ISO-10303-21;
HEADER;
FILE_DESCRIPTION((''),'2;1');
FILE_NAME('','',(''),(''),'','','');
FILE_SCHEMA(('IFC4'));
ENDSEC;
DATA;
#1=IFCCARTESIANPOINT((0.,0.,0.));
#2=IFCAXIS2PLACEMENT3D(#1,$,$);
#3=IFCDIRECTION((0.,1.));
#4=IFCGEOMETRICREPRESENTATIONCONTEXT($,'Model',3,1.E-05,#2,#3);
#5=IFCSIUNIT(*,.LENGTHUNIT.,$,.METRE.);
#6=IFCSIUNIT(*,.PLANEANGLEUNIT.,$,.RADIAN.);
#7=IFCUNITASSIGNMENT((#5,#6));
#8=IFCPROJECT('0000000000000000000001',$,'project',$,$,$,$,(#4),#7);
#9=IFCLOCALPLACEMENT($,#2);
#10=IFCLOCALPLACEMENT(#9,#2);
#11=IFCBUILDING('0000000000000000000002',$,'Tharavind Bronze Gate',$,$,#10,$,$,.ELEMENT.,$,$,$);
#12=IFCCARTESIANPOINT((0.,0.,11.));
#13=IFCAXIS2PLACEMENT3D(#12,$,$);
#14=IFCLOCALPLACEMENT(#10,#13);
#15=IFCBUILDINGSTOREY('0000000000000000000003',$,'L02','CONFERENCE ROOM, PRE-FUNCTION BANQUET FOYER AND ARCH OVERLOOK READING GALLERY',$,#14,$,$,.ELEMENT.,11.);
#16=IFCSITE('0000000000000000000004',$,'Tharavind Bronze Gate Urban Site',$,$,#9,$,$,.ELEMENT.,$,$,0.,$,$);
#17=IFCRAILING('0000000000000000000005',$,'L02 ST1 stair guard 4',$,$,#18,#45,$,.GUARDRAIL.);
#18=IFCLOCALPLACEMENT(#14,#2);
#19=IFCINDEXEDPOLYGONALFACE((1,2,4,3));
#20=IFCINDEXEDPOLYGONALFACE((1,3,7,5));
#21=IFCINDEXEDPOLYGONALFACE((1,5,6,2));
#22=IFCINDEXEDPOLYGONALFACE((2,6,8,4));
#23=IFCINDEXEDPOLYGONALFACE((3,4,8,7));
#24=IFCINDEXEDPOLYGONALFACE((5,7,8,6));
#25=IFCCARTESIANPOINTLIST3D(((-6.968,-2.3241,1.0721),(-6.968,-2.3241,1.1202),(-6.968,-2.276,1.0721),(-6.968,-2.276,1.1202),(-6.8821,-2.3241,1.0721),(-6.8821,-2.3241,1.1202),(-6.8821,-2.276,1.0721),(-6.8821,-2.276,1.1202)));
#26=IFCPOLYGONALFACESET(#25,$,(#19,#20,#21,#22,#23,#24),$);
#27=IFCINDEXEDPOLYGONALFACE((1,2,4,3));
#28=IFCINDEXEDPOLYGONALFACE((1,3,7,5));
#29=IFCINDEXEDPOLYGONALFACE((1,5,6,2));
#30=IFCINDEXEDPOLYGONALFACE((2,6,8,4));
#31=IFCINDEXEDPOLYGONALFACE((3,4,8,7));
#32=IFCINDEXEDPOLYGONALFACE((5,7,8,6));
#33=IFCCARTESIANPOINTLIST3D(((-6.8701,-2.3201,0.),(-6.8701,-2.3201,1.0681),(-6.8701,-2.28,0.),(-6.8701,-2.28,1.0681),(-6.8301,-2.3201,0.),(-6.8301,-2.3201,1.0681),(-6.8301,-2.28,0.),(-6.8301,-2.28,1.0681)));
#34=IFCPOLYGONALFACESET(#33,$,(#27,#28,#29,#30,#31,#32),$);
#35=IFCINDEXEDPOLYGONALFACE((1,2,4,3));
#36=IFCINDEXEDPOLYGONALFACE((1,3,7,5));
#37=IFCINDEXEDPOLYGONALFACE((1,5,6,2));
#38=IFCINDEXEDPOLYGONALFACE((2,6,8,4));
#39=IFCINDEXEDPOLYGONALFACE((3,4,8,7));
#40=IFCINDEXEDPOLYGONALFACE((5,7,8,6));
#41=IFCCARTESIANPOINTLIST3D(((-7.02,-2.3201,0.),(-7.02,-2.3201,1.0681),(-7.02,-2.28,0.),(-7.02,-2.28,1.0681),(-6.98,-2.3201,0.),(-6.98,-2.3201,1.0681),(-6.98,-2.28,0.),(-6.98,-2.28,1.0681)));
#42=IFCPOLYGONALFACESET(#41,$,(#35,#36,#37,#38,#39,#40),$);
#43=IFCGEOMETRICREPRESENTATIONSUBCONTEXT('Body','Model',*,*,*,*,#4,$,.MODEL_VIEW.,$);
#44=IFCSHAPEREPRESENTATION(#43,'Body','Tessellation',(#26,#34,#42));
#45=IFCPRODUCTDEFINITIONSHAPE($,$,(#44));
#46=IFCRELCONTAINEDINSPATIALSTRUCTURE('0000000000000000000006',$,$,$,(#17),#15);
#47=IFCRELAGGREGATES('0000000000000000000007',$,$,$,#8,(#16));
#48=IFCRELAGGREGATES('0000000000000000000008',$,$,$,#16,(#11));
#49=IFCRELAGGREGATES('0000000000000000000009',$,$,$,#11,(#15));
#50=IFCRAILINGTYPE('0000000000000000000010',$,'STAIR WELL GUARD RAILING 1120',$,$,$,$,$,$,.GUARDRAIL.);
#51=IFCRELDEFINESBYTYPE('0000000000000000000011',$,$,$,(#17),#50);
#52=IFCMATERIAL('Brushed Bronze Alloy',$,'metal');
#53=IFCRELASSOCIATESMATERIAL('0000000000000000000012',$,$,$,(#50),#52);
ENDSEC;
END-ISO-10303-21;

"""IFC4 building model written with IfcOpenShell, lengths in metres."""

from ifc_helpers import new_model, si_unit, direction, frame, origin, origin_2d, place, context, subcontext, project, spatial, rectangle, extrude, material, type_object, element, save


model = new_model("IFC4")

# Units and contexts
model_context = context("Model", 3, precision=1e-05, world=origin(), true_north=direction((0.0, 1.0)))
body_context = subcontext(model_context, "Body", "Model", "MODEL_VIEW")
ifc_project = project(units=[si_unit("LENGTHUNIT", "METRE"), si_unit("PLANEANGLEUNIT", "RADIAN")], contexts=[model_context])

# Site, building, storey
site_placement = place(None, origin())
site = spatial("IfcSite", under=ifc_project, at=site_placement, Name="Tharavind Bronze Gate Urban Site", CompositionType="ELEMENT", RefElevation=0.0)
building_placement = place(site_placement, origin())
building = spatial("IfcBuilding", under=site, at=building_placement, Name="Tharavind Bronze Gate", CompositionType="ELEMENT")
storey_placement = place(building_placement, frame((0.0, 0.0, 11.0)))
storey = spatial("IfcBuildingStorey", under=building, at=storey_placement, Name="L02", Description="CONFERENCE ROOM, PRE-FUNCTION BANQUET FOYER AND ARCH OVERLOOK READING GALLERY", CompositionType="ELEMENT", Elevation=11.0)

# Railing
ifc_material_1 = material(Name="Brushed Bronze Alloy", Category="metal")
railing_type_1 = type_object("IfcRailingType", Name="STAIR WELL GUARD RAILING 1120", PredefinedType="GUARDRAIL", material=ifc_material_1)
railing_1_placement = place(storey_placement, frame((-6.8501, -2.3, 0.0)))
element("IfcRailing", 1, at=railing_1_placement, inside=storey, type_object=railing_type_1, Name="L02 ST1 stair guard 4", PredefinedType="GUARDRAIL", context=body_context, shape_type="SweptSolid", body=[
    extrude(rectangle(XDim=0.0481, YDim=0.0481, at=origin_2d()), frame((-0.032, 0.0, 1.0962), z_axis=(-1.0, 0.0, 0.0), x_axis=(0.0, -1.0, 0.0)), (0.0, 0.0, 1.0), 0.0859),
    extrude(rectangle(XDim=0.04, YDim=0.04, at=origin_2d()), origin(), (0.0, 0.0, 1.0), 1.0681),
    extrude(rectangle(XDim=0.04, YDim=0.04, at=origin_2d()), frame((-0.1499, 0.0, 0.0)), (0.0, 0.0, 1.0), 1.0681),
])

save(model, "model.ifc")
